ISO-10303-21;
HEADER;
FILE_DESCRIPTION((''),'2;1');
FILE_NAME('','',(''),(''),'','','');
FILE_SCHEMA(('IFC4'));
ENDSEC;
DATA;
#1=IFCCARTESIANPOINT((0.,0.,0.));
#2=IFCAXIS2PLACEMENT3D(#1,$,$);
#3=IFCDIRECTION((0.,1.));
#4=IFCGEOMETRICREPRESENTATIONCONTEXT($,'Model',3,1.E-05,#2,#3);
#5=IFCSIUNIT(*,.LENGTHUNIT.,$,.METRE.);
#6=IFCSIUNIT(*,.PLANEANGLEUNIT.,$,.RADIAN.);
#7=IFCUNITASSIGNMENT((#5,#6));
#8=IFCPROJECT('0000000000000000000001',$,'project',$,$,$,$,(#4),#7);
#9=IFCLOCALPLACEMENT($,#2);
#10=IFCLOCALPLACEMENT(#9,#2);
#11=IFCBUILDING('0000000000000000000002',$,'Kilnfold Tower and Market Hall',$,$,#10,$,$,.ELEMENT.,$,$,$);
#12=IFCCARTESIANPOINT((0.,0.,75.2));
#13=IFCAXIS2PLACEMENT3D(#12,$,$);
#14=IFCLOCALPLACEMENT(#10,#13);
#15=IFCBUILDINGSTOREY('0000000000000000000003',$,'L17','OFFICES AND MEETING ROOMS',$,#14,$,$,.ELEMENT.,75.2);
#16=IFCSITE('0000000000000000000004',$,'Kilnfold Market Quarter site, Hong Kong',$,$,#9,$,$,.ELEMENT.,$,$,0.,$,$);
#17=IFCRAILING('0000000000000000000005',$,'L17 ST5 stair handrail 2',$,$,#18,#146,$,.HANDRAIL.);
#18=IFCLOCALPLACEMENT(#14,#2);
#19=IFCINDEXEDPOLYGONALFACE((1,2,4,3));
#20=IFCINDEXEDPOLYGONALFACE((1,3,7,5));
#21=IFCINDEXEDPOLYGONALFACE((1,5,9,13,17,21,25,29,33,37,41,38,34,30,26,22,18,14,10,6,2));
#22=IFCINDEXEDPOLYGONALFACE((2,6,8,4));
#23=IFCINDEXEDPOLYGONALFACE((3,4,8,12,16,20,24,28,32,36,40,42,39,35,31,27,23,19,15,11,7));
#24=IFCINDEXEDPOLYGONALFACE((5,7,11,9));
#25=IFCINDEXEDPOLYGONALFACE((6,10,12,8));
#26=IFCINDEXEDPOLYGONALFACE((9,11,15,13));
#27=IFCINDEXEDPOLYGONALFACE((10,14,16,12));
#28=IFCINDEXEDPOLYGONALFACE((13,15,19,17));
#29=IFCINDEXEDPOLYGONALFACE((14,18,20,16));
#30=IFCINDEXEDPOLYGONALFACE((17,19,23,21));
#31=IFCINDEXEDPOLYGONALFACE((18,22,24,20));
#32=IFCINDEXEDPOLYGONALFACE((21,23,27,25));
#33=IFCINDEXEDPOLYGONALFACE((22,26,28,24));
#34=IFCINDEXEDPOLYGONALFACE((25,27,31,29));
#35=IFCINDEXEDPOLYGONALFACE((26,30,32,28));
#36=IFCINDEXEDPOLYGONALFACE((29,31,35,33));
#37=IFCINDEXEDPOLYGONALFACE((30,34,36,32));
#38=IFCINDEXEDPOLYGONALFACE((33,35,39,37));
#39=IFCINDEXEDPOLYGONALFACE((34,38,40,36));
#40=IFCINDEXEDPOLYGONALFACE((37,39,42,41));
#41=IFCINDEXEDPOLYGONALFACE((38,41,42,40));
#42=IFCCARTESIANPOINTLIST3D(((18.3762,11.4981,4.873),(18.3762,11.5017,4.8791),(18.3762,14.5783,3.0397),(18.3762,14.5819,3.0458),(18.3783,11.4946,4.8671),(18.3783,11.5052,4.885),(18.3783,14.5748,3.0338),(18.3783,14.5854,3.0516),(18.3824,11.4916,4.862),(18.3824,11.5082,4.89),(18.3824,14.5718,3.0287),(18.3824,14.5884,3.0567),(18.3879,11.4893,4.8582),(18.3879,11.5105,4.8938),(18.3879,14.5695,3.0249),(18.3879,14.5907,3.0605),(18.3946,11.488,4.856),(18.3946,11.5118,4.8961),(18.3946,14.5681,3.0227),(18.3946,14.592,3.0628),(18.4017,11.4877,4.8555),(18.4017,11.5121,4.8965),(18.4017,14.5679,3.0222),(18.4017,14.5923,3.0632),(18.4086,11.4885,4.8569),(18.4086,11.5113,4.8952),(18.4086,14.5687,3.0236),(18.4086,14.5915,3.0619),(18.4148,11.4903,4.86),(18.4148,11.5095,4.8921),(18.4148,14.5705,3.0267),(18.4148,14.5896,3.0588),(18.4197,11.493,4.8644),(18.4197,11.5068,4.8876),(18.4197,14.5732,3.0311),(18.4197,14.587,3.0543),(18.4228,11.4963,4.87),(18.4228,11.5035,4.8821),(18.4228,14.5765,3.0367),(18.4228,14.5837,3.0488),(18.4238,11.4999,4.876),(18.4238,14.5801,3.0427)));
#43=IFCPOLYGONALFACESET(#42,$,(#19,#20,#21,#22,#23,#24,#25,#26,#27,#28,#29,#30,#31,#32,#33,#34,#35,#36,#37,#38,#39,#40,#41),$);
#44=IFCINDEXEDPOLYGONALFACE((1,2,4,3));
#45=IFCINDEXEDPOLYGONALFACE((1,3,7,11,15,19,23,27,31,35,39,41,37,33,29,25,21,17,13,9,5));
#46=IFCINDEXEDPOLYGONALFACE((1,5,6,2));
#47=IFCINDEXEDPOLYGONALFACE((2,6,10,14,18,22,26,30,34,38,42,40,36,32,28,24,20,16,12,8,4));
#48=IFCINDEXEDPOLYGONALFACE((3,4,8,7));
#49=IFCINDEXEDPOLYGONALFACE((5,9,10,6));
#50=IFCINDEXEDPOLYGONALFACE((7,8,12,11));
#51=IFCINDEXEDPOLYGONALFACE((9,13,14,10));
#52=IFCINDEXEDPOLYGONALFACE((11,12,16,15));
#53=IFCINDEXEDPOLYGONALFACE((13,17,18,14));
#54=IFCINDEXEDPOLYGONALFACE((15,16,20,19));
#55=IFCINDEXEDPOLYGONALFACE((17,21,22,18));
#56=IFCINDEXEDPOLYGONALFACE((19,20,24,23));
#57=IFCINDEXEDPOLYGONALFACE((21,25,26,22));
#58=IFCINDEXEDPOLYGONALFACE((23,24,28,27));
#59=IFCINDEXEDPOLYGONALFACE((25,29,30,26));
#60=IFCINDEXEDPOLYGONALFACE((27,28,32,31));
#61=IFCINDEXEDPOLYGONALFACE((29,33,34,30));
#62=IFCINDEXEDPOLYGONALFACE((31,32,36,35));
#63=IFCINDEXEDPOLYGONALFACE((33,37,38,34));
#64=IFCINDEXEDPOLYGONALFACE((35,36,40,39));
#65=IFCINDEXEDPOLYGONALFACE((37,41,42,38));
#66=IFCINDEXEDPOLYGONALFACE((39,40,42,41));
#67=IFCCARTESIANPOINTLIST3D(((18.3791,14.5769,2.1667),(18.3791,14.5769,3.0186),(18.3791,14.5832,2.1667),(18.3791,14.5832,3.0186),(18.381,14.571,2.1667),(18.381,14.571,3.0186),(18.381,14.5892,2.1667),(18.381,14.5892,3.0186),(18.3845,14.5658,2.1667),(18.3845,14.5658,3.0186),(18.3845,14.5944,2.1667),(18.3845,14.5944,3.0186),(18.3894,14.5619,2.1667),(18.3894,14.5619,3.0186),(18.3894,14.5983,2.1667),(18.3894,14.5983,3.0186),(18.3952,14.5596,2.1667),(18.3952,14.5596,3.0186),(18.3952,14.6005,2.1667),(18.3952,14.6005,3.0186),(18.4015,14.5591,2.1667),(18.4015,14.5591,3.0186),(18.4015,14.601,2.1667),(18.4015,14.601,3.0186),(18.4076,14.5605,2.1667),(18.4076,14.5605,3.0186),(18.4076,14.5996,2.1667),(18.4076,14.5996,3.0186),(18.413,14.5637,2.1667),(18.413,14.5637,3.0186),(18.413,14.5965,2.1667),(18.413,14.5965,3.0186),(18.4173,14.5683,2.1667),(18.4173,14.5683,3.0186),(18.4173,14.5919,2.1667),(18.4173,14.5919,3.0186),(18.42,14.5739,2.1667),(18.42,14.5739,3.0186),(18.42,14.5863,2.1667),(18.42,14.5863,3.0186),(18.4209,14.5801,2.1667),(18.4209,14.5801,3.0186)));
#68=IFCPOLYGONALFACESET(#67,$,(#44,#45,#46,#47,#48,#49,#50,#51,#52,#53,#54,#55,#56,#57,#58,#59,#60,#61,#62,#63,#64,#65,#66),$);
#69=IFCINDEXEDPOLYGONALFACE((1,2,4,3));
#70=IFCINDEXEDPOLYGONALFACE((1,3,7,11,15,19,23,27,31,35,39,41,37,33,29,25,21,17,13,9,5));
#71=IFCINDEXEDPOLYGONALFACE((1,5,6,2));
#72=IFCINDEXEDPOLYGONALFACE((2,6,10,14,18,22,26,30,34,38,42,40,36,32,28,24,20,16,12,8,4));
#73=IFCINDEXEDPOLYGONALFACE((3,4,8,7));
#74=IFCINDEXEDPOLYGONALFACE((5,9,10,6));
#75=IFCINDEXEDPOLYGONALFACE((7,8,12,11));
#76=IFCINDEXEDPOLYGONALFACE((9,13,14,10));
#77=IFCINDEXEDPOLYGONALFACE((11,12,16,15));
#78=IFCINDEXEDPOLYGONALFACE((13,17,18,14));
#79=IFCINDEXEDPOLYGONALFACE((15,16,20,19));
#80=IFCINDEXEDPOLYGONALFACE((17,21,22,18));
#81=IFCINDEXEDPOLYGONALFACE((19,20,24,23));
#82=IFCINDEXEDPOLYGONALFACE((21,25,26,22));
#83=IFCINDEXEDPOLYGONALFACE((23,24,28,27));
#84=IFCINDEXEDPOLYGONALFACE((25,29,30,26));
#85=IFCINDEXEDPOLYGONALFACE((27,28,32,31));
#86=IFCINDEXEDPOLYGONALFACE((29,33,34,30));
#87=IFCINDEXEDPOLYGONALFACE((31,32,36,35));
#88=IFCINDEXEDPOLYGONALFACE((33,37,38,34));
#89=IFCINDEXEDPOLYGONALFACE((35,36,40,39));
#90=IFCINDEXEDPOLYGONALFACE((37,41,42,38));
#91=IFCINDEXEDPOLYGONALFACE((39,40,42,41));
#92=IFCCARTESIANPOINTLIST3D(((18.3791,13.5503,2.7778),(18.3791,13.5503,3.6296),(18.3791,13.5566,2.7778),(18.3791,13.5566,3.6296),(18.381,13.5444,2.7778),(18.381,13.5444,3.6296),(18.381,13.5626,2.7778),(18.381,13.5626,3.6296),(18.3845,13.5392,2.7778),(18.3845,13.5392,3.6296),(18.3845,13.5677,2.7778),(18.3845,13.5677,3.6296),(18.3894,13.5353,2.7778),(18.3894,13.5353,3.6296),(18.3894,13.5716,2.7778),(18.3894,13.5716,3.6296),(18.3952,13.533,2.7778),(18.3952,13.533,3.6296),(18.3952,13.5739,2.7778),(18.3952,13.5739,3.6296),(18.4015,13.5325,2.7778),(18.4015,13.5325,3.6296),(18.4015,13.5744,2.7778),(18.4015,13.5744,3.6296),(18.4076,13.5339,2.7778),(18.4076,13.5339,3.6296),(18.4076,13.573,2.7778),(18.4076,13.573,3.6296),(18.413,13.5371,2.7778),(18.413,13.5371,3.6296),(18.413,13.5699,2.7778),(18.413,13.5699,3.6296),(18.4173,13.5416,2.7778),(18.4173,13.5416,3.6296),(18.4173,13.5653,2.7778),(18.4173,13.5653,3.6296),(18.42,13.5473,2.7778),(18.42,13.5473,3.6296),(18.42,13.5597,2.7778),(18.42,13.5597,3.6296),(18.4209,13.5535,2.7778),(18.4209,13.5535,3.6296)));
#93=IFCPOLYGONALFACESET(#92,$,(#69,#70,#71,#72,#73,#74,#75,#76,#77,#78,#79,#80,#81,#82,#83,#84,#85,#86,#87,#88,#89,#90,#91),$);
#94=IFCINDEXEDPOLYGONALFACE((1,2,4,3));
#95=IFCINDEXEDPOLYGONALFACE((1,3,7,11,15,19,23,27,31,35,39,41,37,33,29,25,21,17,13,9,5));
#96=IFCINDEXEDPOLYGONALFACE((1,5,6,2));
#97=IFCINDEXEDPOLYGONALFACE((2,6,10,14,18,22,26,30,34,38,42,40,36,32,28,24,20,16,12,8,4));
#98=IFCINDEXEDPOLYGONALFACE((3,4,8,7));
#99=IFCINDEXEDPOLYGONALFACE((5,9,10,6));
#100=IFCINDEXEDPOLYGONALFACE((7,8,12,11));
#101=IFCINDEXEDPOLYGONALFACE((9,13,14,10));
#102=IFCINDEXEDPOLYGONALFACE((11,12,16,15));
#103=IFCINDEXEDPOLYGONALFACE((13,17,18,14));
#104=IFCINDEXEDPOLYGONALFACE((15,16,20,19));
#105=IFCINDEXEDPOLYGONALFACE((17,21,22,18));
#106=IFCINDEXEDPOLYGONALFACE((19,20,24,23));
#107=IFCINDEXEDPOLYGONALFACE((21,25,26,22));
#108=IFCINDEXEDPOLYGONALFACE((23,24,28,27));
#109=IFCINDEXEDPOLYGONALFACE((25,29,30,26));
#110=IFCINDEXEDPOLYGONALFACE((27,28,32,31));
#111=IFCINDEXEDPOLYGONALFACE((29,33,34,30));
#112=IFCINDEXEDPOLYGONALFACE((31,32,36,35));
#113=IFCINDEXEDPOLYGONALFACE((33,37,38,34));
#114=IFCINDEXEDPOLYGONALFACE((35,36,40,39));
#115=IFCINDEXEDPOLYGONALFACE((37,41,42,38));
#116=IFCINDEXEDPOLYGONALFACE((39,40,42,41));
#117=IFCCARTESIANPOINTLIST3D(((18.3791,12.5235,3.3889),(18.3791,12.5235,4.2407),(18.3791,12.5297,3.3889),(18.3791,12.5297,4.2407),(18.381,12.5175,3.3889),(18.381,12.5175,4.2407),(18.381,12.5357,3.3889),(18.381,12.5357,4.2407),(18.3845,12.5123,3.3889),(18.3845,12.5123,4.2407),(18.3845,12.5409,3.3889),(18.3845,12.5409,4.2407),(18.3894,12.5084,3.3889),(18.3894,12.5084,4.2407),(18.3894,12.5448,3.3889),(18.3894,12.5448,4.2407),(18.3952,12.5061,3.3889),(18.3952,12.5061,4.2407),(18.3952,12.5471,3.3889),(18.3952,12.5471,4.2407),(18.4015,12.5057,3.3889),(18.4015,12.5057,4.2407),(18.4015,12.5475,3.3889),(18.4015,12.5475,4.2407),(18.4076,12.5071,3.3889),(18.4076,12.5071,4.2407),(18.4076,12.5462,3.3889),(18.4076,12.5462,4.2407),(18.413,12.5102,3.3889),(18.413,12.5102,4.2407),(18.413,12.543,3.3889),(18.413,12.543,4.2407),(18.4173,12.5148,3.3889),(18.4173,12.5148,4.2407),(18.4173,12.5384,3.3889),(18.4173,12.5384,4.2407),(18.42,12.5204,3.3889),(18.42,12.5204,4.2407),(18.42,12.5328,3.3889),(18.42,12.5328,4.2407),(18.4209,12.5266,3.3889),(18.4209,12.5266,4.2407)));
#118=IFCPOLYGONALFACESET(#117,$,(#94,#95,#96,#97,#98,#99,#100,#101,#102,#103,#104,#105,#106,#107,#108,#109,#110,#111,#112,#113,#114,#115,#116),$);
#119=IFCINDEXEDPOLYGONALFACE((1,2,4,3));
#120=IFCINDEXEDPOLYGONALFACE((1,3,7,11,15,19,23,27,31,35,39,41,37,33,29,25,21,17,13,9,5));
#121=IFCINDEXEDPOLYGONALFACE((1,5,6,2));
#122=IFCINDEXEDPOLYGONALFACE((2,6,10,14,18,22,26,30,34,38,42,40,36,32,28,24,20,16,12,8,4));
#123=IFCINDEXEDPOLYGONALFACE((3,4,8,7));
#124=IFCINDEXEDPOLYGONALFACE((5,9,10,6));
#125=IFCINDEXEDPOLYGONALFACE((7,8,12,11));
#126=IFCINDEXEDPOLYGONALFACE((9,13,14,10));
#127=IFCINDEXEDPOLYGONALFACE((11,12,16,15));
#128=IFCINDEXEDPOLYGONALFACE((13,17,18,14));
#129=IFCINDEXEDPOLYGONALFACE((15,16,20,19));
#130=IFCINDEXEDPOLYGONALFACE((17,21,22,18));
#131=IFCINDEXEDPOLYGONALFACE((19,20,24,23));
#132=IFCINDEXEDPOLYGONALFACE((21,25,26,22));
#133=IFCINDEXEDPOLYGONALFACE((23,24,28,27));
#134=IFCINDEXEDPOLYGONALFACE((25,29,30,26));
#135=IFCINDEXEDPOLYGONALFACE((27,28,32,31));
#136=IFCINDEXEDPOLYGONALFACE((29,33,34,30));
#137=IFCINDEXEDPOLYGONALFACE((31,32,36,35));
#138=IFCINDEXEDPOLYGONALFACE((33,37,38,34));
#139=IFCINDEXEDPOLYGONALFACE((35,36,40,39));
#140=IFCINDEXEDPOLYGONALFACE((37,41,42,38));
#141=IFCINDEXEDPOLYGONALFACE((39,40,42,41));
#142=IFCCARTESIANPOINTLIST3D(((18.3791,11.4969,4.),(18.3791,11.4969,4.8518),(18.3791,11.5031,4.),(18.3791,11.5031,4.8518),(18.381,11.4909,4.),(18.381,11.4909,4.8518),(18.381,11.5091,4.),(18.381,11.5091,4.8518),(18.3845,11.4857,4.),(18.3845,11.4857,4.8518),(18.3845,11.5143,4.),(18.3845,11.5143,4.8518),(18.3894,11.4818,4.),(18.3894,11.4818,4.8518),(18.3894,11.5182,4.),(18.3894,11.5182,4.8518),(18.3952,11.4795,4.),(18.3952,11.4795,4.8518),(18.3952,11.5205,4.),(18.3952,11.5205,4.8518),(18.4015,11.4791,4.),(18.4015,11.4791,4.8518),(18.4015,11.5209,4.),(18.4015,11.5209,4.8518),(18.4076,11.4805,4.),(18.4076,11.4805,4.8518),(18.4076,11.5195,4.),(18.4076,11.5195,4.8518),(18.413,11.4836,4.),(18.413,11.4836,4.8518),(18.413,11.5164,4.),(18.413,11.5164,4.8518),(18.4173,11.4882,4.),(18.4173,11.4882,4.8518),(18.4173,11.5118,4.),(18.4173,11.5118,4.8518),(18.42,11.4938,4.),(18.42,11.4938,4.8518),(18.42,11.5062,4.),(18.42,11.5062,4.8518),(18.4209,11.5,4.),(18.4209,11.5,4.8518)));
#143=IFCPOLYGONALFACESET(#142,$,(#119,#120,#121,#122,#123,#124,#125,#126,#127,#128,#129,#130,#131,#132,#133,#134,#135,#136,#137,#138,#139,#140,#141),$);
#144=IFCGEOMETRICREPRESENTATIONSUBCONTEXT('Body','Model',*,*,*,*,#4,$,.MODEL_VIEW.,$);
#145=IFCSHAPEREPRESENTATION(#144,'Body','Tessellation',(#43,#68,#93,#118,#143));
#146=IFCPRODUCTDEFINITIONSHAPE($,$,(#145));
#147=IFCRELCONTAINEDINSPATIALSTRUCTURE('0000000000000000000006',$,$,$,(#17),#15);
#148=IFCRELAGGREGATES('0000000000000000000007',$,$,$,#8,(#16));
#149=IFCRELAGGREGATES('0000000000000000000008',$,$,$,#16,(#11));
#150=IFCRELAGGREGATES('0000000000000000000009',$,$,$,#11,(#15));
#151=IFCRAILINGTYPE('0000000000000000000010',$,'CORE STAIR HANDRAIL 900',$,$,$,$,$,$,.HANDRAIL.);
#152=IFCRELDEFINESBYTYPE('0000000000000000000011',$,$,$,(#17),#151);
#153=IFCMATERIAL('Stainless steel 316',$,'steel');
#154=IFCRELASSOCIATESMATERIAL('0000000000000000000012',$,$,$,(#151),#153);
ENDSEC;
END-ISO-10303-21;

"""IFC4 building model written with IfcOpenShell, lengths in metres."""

from ifc_helpers import new_model, si_unit, direction, frame, origin, origin_2d, place, context, subcontext, project, spatial, circle, extrude, material, type_object, element, save


model = new_model("IFC4")

# Units and contexts
model_context = context("Model", 3, precision=1e-05, world=origin(), true_north=direction((0.0, 1.0)))
body_context = subcontext(model_context, "Body", "Model", "MODEL_VIEW")
ifc_project = project(units=[si_unit("LENGTHUNIT", "METRE"), si_unit("PLANEANGLEUNIT", "RADIAN")], contexts=[model_context])

# Site, building, storey
site_placement = place(None, origin())
site = spatial("IfcSite", under=ifc_project, at=site_placement, Name="Kilnfold Market Quarter site, Hong Kong", CompositionType="ELEMENT", RefElevation=0.0)
building_placement = place(site_placement, origin())
building = spatial("IfcBuilding", under=site, at=building_placement, Name="Kilnfold Tower and Market Hall", CompositionType="ELEMENT")
storey_placement = place(building_placement, frame((0.0, 0.0, 75.2)))
storey = spatial("IfcBuildingStorey", under=building, at=storey_placement, Name="L17", Description="OFFICES AND MEETING ROOMS", CompositionType="ELEMENT", Elevation=75.2)

# Railing
ifc_material_1 = material(Name="Stainless steel 316", Category="steel")
railing_type_1 = type_object("IfcRailingType", Name="CORE STAIR HANDRAIL 900", PredefinedType="HANDRAIL", material=ifc_material_1)
railing_1_placement = place(storey_placement, frame((18.3999, 14.5801, 2.1667)))
element("IfcRailing", 1, at=railing_1_placement, inside=storey, type_object=railing_type_1, Name="L17 ST5 stair handrail 2", PredefinedType="HANDRAIL", context=body_context, shape_type="SweptSolid", body=[
    extrude(circle(Radius=0.0239, at=origin_2d()), frame((0.0, 0.0, 0.876), z_axis=(0.0, -0.859309, 0.511458), x_axis=(1.0, 0.0, 0.0)), (0.0, 0.0, 1.0), 3.5845),
    extrude(circle(Radius=0.021, at=origin_2d()), origin(), (0.0, 0.0, 1.0), 0.8518),
    extrude(circle(Radius=0.021, at=origin_2d()), frame((0.0, -1.0266, 0.6111)), (0.0, 0.0, 1.0), 0.8518),
    extrude(circle(Radius=0.021, at=origin_2d()), frame((0.0, -2.0535, 1.2222)), (0.0, 0.0, 1.0), 0.8518),
    extrude(circle(Radius=0.021, at=origin_2d()), frame((0.0, -3.0801, 1.8333)), (0.0, 0.0, 1.0), 0.8518),
])

save(model, "model.ifc")
